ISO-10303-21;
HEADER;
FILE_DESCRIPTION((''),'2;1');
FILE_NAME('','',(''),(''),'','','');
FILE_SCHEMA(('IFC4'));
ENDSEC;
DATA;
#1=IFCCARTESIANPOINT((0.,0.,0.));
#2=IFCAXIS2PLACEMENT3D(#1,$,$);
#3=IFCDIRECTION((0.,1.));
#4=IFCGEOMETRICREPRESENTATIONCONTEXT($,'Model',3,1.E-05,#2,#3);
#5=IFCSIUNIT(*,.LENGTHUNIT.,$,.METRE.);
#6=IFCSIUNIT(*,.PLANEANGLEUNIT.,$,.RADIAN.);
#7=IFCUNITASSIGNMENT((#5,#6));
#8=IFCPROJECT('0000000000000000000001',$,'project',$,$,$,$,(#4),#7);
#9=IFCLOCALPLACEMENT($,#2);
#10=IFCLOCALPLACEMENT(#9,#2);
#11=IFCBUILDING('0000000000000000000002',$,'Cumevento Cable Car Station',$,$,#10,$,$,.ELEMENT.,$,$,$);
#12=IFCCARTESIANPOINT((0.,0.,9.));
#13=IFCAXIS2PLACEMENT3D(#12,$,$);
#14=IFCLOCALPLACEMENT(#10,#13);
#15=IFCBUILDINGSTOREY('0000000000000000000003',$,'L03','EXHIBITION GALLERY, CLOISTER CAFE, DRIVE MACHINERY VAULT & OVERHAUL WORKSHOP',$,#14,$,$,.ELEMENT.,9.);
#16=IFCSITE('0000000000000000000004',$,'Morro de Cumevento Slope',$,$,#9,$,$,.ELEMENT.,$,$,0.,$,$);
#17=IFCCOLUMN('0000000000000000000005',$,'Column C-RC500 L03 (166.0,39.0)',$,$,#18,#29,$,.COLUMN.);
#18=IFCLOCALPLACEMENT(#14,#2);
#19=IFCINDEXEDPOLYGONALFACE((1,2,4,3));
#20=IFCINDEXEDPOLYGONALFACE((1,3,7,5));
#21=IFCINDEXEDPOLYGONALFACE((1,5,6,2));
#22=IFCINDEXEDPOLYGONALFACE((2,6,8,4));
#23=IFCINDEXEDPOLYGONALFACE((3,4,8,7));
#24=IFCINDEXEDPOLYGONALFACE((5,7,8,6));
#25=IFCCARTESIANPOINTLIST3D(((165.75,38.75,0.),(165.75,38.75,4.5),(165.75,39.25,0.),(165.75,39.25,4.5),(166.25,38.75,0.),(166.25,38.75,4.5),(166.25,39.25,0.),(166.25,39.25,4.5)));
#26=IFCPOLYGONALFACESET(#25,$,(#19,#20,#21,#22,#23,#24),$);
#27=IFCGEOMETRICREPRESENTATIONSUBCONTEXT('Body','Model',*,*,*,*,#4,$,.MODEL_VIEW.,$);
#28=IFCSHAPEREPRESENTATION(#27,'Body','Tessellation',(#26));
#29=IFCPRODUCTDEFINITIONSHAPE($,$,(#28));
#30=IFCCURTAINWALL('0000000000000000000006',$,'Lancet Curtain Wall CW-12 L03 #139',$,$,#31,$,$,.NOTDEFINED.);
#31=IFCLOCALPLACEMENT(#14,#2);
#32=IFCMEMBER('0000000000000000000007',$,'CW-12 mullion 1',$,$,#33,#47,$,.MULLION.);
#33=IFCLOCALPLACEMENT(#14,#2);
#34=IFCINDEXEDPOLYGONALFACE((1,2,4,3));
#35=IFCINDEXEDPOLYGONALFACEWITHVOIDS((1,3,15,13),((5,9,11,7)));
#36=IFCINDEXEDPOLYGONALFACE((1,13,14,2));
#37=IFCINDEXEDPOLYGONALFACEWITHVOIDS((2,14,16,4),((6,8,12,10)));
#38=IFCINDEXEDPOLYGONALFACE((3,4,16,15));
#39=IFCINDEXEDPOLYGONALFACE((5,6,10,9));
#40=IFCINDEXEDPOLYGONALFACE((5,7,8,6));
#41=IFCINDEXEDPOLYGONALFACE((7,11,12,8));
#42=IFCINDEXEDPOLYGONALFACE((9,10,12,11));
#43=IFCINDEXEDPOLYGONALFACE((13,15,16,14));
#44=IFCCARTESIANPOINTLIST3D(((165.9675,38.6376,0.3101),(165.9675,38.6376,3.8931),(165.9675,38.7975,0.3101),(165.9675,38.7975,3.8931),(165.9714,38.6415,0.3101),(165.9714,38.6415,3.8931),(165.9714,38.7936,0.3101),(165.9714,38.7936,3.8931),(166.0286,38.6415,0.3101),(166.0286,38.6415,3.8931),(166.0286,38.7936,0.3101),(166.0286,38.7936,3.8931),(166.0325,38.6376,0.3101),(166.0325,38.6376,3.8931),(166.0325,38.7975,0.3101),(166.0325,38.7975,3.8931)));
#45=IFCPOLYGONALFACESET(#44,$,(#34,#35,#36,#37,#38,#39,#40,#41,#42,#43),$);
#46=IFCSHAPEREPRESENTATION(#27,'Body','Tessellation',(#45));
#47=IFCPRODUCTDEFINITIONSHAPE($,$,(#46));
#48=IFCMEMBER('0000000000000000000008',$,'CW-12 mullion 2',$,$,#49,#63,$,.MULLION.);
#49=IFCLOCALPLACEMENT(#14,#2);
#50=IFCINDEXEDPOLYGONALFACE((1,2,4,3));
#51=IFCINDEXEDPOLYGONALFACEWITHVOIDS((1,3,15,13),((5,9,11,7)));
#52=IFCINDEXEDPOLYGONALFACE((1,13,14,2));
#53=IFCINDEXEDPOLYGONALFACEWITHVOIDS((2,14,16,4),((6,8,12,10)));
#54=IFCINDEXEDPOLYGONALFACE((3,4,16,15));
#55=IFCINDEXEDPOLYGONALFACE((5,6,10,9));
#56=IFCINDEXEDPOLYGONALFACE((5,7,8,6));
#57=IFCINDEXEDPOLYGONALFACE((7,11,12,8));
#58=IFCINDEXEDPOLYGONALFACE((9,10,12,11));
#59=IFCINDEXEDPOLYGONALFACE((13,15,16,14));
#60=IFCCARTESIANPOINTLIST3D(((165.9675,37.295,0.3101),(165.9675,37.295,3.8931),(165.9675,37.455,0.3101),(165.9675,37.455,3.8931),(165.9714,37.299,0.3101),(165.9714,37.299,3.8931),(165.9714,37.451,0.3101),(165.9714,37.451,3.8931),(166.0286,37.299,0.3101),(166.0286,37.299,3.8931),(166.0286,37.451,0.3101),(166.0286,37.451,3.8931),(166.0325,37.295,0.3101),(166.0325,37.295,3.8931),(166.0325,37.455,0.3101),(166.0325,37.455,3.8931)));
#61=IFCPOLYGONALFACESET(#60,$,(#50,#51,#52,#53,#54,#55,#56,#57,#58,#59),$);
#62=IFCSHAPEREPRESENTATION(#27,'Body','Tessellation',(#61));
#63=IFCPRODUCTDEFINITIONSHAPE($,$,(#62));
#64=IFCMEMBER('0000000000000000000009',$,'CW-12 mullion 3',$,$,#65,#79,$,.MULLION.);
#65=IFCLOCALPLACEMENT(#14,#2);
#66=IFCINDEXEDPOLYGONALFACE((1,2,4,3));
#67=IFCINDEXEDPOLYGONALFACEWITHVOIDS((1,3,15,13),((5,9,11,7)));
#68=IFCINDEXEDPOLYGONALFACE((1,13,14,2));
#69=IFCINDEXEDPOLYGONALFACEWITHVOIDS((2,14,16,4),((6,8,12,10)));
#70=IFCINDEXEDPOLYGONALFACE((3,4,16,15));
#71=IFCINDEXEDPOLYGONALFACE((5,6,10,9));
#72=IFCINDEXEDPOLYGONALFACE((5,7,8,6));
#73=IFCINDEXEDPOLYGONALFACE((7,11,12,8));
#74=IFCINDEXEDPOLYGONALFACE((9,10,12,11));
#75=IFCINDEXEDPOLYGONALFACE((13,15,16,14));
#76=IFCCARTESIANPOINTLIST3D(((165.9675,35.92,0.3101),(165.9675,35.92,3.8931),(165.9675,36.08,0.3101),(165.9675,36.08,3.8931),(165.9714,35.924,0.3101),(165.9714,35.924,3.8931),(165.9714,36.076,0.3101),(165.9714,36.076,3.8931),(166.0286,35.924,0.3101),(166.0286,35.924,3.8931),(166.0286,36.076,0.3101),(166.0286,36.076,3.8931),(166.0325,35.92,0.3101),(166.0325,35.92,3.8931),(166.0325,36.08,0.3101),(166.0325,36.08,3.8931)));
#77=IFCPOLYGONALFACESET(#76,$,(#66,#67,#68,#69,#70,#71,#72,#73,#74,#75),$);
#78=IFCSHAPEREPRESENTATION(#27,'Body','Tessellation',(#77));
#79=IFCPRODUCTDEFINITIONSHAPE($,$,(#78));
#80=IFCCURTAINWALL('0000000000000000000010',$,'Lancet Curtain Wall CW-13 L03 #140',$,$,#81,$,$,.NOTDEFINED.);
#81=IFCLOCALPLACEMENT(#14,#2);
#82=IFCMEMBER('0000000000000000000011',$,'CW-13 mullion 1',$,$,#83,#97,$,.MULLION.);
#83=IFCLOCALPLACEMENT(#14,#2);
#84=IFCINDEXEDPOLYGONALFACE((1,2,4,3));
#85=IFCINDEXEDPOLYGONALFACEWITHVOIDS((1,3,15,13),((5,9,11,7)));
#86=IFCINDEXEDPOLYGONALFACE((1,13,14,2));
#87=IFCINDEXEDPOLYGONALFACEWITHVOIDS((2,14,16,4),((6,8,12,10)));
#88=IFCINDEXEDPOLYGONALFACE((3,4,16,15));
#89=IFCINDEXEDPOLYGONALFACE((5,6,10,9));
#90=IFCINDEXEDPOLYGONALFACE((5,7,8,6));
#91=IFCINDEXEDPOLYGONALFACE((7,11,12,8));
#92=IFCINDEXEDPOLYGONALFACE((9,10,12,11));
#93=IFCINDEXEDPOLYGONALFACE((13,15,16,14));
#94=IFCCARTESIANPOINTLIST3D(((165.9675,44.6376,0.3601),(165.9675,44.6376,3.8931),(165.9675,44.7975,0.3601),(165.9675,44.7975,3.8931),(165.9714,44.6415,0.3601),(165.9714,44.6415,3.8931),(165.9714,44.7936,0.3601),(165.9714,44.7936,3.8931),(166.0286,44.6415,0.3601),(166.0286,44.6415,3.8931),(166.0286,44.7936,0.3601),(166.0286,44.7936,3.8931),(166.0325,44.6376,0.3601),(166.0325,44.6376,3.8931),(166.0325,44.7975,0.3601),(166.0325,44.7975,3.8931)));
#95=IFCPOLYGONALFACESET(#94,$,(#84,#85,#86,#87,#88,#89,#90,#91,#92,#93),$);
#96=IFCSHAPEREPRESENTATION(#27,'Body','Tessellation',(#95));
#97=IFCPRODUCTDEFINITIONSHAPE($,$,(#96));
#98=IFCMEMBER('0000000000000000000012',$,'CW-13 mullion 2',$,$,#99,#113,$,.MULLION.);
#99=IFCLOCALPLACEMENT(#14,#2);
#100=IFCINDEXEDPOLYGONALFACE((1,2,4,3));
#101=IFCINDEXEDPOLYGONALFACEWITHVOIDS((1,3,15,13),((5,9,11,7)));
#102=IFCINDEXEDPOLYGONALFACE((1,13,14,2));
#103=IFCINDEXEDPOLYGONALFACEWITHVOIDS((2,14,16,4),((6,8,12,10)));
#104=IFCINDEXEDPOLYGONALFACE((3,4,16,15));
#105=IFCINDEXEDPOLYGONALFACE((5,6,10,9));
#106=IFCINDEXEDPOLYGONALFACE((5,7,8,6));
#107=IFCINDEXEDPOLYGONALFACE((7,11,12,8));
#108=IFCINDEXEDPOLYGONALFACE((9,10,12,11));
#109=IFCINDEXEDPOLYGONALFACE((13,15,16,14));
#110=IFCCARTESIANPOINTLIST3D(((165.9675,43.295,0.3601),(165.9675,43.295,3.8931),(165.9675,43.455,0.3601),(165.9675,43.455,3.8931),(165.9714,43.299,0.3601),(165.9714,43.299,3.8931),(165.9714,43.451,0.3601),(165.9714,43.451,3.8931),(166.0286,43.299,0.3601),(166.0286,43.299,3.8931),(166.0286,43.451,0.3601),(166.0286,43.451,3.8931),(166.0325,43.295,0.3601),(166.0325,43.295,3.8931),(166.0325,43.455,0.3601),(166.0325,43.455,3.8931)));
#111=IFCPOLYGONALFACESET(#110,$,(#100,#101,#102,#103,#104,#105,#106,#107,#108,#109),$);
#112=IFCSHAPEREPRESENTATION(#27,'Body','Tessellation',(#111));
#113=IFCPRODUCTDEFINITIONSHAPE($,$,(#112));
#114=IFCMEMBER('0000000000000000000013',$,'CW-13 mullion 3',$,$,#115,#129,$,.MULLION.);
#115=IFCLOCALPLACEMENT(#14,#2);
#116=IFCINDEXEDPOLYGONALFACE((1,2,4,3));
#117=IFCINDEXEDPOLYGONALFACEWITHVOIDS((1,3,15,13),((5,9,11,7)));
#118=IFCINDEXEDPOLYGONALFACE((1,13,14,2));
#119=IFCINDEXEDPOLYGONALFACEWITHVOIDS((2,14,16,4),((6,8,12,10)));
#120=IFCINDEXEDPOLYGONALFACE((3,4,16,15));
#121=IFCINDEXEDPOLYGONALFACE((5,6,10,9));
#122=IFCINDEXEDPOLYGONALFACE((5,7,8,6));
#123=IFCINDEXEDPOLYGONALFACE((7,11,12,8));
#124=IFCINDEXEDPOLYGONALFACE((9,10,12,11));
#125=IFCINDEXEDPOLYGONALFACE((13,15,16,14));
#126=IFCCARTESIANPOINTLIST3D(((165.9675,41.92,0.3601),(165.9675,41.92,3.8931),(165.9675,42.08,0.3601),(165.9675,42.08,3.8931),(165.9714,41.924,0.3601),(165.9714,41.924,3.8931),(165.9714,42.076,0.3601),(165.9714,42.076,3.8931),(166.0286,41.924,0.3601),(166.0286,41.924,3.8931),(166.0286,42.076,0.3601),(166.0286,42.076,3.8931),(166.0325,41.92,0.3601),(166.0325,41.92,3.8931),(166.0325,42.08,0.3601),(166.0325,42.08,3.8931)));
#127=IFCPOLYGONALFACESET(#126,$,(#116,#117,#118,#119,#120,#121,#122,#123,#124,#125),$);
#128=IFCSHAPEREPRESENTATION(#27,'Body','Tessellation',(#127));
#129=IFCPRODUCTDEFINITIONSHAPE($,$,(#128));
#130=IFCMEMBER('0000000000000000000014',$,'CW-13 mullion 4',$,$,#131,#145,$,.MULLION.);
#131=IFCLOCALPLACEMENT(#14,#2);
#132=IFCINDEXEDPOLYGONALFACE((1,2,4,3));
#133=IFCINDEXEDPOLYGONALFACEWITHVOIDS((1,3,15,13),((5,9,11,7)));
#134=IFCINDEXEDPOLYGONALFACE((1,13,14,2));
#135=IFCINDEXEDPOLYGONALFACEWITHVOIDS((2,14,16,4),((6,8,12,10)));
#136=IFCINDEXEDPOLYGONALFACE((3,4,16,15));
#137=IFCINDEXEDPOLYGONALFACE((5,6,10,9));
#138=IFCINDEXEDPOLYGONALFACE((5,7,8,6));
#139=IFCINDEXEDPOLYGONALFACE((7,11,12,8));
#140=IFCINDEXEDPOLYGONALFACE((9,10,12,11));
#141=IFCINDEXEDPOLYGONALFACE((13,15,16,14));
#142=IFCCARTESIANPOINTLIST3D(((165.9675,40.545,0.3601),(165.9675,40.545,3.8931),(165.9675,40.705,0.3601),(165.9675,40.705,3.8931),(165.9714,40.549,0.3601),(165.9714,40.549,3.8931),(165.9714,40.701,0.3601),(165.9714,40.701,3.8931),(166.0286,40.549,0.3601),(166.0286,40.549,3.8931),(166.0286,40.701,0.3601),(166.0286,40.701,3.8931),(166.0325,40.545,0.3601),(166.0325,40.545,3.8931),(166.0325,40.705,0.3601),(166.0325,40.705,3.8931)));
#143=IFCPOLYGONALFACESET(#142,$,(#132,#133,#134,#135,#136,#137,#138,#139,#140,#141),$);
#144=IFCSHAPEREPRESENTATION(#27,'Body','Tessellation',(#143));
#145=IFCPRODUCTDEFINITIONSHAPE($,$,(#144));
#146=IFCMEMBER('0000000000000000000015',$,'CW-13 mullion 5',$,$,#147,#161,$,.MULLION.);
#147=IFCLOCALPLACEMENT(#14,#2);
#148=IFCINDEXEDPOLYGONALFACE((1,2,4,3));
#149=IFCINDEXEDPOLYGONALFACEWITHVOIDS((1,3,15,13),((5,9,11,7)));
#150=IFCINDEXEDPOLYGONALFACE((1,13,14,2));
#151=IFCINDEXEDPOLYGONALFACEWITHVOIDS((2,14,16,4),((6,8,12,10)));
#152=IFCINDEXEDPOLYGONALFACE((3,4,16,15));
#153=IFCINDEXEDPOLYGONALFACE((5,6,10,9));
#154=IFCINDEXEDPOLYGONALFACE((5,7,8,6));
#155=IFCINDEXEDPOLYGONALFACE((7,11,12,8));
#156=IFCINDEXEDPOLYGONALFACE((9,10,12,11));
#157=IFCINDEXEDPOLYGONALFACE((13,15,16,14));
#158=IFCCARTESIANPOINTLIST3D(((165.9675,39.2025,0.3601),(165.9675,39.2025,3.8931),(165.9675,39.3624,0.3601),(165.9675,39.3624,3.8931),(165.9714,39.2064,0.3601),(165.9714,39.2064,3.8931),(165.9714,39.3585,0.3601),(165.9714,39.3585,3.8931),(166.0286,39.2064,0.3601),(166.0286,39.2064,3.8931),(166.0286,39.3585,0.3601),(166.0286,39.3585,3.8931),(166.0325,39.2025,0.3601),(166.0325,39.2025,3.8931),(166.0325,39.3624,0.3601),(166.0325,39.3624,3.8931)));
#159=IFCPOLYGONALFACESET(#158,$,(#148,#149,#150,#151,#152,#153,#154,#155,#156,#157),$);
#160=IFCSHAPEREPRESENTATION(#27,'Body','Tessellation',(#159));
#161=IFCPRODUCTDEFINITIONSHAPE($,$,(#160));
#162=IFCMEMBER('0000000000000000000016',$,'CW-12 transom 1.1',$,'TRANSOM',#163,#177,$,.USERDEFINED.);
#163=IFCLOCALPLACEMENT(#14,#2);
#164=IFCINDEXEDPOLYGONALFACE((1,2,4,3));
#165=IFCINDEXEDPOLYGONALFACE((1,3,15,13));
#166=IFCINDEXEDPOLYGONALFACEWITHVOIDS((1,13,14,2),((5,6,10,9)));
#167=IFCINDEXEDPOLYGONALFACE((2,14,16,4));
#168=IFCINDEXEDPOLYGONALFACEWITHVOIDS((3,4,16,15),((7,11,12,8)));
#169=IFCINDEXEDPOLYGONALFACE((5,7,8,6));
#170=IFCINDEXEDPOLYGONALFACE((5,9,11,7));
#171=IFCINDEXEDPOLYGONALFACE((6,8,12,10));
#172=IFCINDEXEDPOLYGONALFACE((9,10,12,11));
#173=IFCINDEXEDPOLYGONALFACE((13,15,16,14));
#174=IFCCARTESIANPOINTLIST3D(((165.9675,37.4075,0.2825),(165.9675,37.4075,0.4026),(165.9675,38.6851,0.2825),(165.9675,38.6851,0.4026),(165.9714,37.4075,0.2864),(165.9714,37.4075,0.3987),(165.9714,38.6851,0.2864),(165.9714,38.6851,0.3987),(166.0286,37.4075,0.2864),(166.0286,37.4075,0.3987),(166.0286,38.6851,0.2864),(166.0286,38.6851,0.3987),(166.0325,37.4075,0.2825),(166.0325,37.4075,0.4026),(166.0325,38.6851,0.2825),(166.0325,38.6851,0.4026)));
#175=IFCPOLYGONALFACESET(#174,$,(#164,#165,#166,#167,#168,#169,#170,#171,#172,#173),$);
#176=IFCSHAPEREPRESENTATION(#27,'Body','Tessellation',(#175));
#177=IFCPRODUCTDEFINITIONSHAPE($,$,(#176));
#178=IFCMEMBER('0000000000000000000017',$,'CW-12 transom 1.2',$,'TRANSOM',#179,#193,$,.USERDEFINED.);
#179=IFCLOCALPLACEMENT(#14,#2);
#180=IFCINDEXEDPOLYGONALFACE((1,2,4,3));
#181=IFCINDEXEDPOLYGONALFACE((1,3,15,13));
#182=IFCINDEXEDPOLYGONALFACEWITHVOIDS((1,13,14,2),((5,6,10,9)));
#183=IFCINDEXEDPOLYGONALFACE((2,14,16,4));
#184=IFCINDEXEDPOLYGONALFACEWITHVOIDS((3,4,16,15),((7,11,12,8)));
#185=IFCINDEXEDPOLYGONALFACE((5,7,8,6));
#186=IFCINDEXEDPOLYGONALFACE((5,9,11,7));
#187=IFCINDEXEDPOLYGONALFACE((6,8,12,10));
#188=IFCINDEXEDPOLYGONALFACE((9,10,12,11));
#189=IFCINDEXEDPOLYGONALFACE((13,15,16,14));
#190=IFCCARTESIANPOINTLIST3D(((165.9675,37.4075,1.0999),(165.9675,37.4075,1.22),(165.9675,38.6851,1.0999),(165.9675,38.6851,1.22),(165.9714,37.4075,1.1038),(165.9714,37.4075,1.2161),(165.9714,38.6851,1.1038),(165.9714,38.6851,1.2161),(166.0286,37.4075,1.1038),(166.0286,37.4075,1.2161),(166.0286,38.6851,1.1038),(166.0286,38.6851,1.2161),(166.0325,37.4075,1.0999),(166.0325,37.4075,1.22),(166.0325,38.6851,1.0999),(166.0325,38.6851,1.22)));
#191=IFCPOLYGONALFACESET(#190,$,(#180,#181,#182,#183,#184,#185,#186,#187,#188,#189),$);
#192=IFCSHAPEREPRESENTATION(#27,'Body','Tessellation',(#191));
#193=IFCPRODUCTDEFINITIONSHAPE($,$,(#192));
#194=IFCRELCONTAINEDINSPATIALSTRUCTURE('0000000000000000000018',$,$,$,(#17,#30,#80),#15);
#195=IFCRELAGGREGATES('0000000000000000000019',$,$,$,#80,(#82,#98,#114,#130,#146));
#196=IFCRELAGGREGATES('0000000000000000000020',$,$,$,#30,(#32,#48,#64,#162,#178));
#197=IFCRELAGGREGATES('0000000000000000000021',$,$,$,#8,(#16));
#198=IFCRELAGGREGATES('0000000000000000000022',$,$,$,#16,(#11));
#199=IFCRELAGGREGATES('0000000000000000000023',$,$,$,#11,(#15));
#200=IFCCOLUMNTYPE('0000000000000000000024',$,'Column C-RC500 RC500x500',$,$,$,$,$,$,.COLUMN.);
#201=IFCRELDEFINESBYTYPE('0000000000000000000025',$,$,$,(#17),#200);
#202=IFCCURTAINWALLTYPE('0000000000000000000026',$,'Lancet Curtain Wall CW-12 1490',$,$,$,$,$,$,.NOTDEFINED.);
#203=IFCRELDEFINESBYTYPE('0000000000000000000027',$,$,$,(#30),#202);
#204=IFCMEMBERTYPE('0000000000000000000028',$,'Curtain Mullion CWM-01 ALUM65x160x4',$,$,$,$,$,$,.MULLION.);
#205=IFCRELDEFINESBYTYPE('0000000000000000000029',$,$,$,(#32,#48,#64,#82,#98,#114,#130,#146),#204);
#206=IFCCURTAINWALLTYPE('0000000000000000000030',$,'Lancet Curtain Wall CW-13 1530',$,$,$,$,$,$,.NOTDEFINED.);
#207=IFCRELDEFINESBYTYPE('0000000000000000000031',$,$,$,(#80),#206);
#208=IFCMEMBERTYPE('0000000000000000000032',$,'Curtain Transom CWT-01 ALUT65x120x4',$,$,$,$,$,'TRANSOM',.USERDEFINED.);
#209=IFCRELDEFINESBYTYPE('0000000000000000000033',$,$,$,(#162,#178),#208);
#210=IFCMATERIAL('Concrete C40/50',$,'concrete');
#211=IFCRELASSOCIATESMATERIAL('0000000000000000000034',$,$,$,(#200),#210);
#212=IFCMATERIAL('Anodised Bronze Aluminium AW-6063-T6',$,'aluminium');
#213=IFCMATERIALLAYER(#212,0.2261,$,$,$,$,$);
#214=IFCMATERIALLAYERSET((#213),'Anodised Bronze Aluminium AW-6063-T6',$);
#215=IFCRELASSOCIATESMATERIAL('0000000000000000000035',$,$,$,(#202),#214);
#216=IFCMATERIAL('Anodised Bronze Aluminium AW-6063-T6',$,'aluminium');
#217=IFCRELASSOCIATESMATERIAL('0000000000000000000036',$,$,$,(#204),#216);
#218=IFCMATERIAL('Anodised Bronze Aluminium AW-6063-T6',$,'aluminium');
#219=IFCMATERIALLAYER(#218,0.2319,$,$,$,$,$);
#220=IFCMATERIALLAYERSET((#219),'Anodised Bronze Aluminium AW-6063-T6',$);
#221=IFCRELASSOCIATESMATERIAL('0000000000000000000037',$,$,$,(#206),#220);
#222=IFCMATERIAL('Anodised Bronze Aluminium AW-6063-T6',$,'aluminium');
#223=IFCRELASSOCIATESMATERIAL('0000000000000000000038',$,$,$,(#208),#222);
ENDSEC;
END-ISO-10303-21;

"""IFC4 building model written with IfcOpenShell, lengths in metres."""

from ifc_helpers import new_model, si_unit, direction, frame, origin, origin_2d, place, context, subcontext, project, spatial, rectangle, hollow_rectangle, extrude, material, layer, layer_set, material_profile, profile_set, type_object, element, aggregate, save


model = new_model("IFC4")

# Units and contexts
model_context = context("Model", 3, precision=1e-05, world=origin(), true_north=direction((0.0, 1.0)))
body_context = subcontext(model_context, "Body", "Model", "MODEL_VIEW")
ifc_project = project(units=[si_unit("LENGTHUNIT", "METRE"), si_unit("PLANEANGLEUNIT", "RADIAN")], contexts=[model_context])

# Site, building, storey
site_placement = place(None, origin())
site = spatial("IfcSite", under=ifc_project, at=site_placement, Name="Morro de Cumevento Slope", CompositionType="ELEMENT", RefElevation=0.0)
building_placement = place(site_placement, origin())
building = spatial("IfcBuilding", under=site, at=building_placement, Name="Cumevento Cable Car Station", CompositionType="ELEMENT")
storey_placement = place(building_placement, frame((0.0, 0.0, 9.0)))
storey = spatial("IfcBuildingStorey", under=building, at=storey_placement, Name="L03", Description="EXHIBITION GALLERY, CLOISTER CAFE, DRIVE MACHINERY VAULT & OVERHAUL WORKSHOP", CompositionType="ELEMENT", Elevation=9.0)

# Column
ifc_material_1 = material(Name="Concrete C40/50", Category="concrete")
ifc_material_profile_1 = material_profile(ifc_material_1, rectangle(XDim=0.5, YDim=0.5, at=origin_2d()), Name="RC500x500")
ifc_profile_set_1 = profile_set([ifc_material_profile_1], Name="Concrete C40/50")
column_type = type_object("IfcColumnType", Name="Column C-RC500 RC500x500", PredefinedType="COLUMN", material=ifc_profile_set_1)
column_placement = place(storey_placement, frame((166.0, 39.0, 0.0), z_axis=(0.0, 0.0, 1.0), x_axis=(1.0, 0.0, 0.0)))
element("IfcColumn", 1, at=column_placement, inside=storey, type_object=column_type, Name="Column C-RC500 L03 (166.0,39.0)", PredefinedType="COLUMN", context=body_context, shape_type="SweptSolid", body=[
    extrude(rectangle(XDim=0.5, YDim=0.5, at=origin_2d()), origin(), (0.0, 0.0, 1.0), 4.5),
])

# Curtain walls, members
ifc_material_2 = material(Name="Anodised Bronze Aluminium AW-6063-T6", Category="aluminium")
ifc_layer_1 = layer(ifc_material_2, 0.2261)
ifc_layer_set_1 = layer_set([ifc_layer_1], Name="Anodised Bronze Aluminium AW-6063-T6")
curtain_wall_type_1 = type_object("IfcCurtainWallType", Name="Lancet Curtain Wall CW-12 1490", PredefinedType="NOTDEFINED", material=ifc_layer_set_1)
curtain_wall_1_placement = place(storey_placement, origin())
curtain_wall_1 = element("IfcCurtainWall", 2, at=curtain_wall_1_placement, inside=storey, type_object=curtain_wall_type_1, Name="Lancet Curtain Wall CW-12 L03 #139", PredefinedType="NOTDEFINED")
ifc_material_3 = material(Name="Anodised Bronze Aluminium AW-6063-T6", Category="aluminium")
ifc_material_profile_2 = material_profile(ifc_material_3, hollow_rectangle(XDim=0.0649, YDim=0.1599, WallThickness=0.0039, at=origin_2d()), Name="ALUM65x160x4")
ifc_profile_set_2 = profile_set([ifc_material_profile_2], Name="Anodised Bronze Aluminium AW-6063-T6")
member_type_1 = type_object("IfcMemberType", Name="Curtain Mullion CWM-01 ALUM65x160x4", PredefinedType="MULLION", material=ifc_profile_set_2)
member_1_placement = place(storey_placement, frame((166.0, 38.7175, 0.3101), z_axis=(0.0, 0.0, 1.0), x_axis=(1.0, 0.0, 0.0)))
member_1 = element("IfcMember", 3, at=member_1_placement, type_object=member_type_1, Name="CW-12 mullion 1", PredefinedType="MULLION", context=body_context, shape_type="SweptSolid", body=[
    extrude(hollow_rectangle(XDim=0.0649, YDim=0.1599, WallThickness=0.0039, at=origin_2d()), origin(), (0.0, 0.0, 1.0), 3.583),
])
member_2_placement = place(storey_placement, frame((166.0, 37.375, 0.3101), z_axis=(0.0, 0.0, 1.0), x_axis=(1.0, 0.0, 0.0)))
member_2 = element("IfcMember", 4, at=member_2_placement, type_object=member_type_1, Name="CW-12 mullion 2", PredefinedType="MULLION", context=body_context, shape_type="SweptSolid", body=[
    extrude(hollow_rectangle(XDim=0.0649, YDim=0.1599, WallThickness=0.0039, at=origin_2d()), origin(), (0.0, 0.0, 1.0), 3.583),
])
member_3_placement = place(storey_placement, frame((166.0, 36.0, 0.3101), z_axis=(0.0, 0.0, 1.0), x_axis=(1.0, 0.0, 0.0)))
member_3 = element("IfcMember", 5, at=member_3_placement, type_object=member_type_1, Name="CW-12 mullion 3", PredefinedType="MULLION", context=body_context, shape_type="SweptSolid", body=[
    extrude(hollow_rectangle(XDim=0.0649, YDim=0.1599, WallThickness=0.0039, at=origin_2d()), origin(), (0.0, 0.0, 1.0), 3.583),
])
ifc_material_4 = material(Name="Anodised Bronze Aluminium AW-6063-T6", Category="aluminium")
ifc_layer_2 = layer(ifc_material_4, 0.2319)
ifc_layer_set_2 = layer_set([ifc_layer_2], Name="Anodised Bronze Aluminium AW-6063-T6")
curtain_wall_type_2 = type_object("IfcCurtainWallType", Name="Lancet Curtain Wall CW-13 1530", PredefinedType="NOTDEFINED", material=ifc_layer_set_2)
curtain_wall_2_placement = place(storey_placement, origin())
curtain_wall_2 = element("IfcCurtainWall", 6, at=curtain_wall_2_placement, inside=storey, type_object=curtain_wall_type_2, Name="Lancet Curtain Wall CW-13 L03 #140", PredefinedType="NOTDEFINED")
member_4_placement = place(storey_placement, frame((166.0, 44.7175, 0.3601), z_axis=(0.0, 0.0, 1.0), x_axis=(1.0, 0.0, 0.0)))
member_4 = element("IfcMember", 7, at=member_4_placement, type_object=member_type_1, Name="CW-13 mullion 1", PredefinedType="MULLION", context=body_context, shape_type="SweptSolid", body=[
    extrude(hollow_rectangle(XDim=0.0649, YDim=0.1599, WallThickness=0.0039, at=origin_2d()), origin(), (0.0, 0.0, 1.0), 3.533),
])
member_5_placement = place(storey_placement, frame((166.0, 43.375, 0.3601), z_axis=(0.0, 0.0, 1.0), x_axis=(1.0, 0.0, 0.0)))
member_5 = element("IfcMember", 8, at=member_5_placement, type_object=member_type_1, Name="CW-13 mullion 2", PredefinedType="MULLION", context=body_context, shape_type="SweptSolid", body=[
    extrude(hollow_rectangle(XDim=0.0649, YDim=0.1599, WallThickness=0.0039, at=origin_2d()), origin(), (0.0, 0.0, 1.0), 3.533),
])
member_6_placement = place(storey_placement, frame((166.0, 42.0, 0.3601), z_axis=(0.0, 0.0, 1.0), x_axis=(1.0, 0.0, 0.0)))
member_6 = element("IfcMember", 9, at=member_6_placement, type_object=member_type_1, Name="CW-13 mullion 3", PredefinedType="MULLION", context=body_context, shape_type="SweptSolid", body=[
    extrude(hollow_rectangle(XDim=0.0649, YDim=0.1599, WallThickness=0.0039, at=origin_2d()), origin(), (0.0, 0.0, 1.0), 3.533),
])
member_7_placement = place(storey_placement, frame((166.0, 40.625, 0.3601), z_axis=(0.0, 0.0, 1.0), x_axis=(1.0, 0.0, 0.0)))
member_7 = element("IfcMember", 10, at=member_7_placement, type_object=member_type_1, Name="CW-13 mullion 4", PredefinedType="MULLION", context=body_context, shape_type="SweptSolid", body=[
    extrude(hollow_rectangle(XDim=0.0649, YDim=0.1599, WallThickness=0.0039, at=origin_2d()), origin(), (0.0, 0.0, 1.0), 3.533),
])
member_8_placement = place(storey_placement, frame((166.0, 39.2825, 0.3601), z_axis=(0.0, 0.0, 1.0), x_axis=(1.0, 0.0, 0.0)))
member_8 = element("IfcMember", 11, at=member_8_placement, type_object=member_type_1, Name="CW-13 mullion 5", PredefinedType="MULLION", context=body_context, shape_type="SweptSolid", body=[
    extrude(hollow_rectangle(XDim=0.0649, YDim=0.1599, WallThickness=0.0039, at=origin_2d()), origin(), (0.0, 0.0, 1.0), 3.533),
])

# Members
ifc_material_5 = material(Name="Anodised Bronze Aluminium AW-6063-T6", Category="aluminium")
ifc_material_profile_3 = material_profile(ifc_material_5, hollow_rectangle(XDim=0.0649, YDim=0.1201, WallThickness=0.0039, at=origin_2d()), Name="ALUT65x120x4")
ifc_profile_set_3 = profile_set([ifc_material_profile_3], Name="Anodised Bronze Aluminium AW-6063-T6")
member_type_2 = type_object("IfcMemberType", Name="Curtain Transom CWT-01 ALUT65x120x4", ElementType="TRANSOM", PredefinedType="USERDEFINED", material=ifc_profile_set_3)
member_9_placement = place(storey_placement, frame((166.0, 38.6851, 0.3425), z_axis=(0.0, -1.0, 0.0), x_axis=(1.0, 0.0, 0.0)))
member_9 = element("IfcMember", 12, at=member_9_placement, type_object=member_type_2, Name="CW-12 transom 1.1", ObjectType="TRANSOM", PredefinedType="USERDEFINED", context=body_context, shape_type="SweptSolid", body=[
    extrude(hollow_rectangle(XDim=0.0649, YDim=0.1201, WallThickness=0.0039, at=origin_2d()), origin(), (0.0, 0.0, 1.0), 1.2776),
])
member_10_placement = place(storey_placement, frame((166.0, 38.6851, 1.1599), z_axis=(0.0, -1.0, 0.0), x_axis=(1.0, 0.0, 0.0)))
member_10 = element("IfcMember", 13, at=member_10_placement, type_object=member_type_2, Name="CW-12 transom 1.2", ObjectType="TRANSOM", PredefinedType="USERDEFINED", context=body_context, shape_type="SweptSolid", body=[
    extrude(hollow_rectangle(XDim=0.0649, YDim=0.1201, WallThickness=0.0039, at=origin_2d()), origin(), (0.0, 0.0, 1.0), 1.2776),
])

aggregate(curtain_wall_2, [member_4, member_5, member_6, member_7, member_8])
aggregate(curtain_wall_1, [member_1, member_2, member_3, member_9, member_10])

save(model, "model.ifc")
